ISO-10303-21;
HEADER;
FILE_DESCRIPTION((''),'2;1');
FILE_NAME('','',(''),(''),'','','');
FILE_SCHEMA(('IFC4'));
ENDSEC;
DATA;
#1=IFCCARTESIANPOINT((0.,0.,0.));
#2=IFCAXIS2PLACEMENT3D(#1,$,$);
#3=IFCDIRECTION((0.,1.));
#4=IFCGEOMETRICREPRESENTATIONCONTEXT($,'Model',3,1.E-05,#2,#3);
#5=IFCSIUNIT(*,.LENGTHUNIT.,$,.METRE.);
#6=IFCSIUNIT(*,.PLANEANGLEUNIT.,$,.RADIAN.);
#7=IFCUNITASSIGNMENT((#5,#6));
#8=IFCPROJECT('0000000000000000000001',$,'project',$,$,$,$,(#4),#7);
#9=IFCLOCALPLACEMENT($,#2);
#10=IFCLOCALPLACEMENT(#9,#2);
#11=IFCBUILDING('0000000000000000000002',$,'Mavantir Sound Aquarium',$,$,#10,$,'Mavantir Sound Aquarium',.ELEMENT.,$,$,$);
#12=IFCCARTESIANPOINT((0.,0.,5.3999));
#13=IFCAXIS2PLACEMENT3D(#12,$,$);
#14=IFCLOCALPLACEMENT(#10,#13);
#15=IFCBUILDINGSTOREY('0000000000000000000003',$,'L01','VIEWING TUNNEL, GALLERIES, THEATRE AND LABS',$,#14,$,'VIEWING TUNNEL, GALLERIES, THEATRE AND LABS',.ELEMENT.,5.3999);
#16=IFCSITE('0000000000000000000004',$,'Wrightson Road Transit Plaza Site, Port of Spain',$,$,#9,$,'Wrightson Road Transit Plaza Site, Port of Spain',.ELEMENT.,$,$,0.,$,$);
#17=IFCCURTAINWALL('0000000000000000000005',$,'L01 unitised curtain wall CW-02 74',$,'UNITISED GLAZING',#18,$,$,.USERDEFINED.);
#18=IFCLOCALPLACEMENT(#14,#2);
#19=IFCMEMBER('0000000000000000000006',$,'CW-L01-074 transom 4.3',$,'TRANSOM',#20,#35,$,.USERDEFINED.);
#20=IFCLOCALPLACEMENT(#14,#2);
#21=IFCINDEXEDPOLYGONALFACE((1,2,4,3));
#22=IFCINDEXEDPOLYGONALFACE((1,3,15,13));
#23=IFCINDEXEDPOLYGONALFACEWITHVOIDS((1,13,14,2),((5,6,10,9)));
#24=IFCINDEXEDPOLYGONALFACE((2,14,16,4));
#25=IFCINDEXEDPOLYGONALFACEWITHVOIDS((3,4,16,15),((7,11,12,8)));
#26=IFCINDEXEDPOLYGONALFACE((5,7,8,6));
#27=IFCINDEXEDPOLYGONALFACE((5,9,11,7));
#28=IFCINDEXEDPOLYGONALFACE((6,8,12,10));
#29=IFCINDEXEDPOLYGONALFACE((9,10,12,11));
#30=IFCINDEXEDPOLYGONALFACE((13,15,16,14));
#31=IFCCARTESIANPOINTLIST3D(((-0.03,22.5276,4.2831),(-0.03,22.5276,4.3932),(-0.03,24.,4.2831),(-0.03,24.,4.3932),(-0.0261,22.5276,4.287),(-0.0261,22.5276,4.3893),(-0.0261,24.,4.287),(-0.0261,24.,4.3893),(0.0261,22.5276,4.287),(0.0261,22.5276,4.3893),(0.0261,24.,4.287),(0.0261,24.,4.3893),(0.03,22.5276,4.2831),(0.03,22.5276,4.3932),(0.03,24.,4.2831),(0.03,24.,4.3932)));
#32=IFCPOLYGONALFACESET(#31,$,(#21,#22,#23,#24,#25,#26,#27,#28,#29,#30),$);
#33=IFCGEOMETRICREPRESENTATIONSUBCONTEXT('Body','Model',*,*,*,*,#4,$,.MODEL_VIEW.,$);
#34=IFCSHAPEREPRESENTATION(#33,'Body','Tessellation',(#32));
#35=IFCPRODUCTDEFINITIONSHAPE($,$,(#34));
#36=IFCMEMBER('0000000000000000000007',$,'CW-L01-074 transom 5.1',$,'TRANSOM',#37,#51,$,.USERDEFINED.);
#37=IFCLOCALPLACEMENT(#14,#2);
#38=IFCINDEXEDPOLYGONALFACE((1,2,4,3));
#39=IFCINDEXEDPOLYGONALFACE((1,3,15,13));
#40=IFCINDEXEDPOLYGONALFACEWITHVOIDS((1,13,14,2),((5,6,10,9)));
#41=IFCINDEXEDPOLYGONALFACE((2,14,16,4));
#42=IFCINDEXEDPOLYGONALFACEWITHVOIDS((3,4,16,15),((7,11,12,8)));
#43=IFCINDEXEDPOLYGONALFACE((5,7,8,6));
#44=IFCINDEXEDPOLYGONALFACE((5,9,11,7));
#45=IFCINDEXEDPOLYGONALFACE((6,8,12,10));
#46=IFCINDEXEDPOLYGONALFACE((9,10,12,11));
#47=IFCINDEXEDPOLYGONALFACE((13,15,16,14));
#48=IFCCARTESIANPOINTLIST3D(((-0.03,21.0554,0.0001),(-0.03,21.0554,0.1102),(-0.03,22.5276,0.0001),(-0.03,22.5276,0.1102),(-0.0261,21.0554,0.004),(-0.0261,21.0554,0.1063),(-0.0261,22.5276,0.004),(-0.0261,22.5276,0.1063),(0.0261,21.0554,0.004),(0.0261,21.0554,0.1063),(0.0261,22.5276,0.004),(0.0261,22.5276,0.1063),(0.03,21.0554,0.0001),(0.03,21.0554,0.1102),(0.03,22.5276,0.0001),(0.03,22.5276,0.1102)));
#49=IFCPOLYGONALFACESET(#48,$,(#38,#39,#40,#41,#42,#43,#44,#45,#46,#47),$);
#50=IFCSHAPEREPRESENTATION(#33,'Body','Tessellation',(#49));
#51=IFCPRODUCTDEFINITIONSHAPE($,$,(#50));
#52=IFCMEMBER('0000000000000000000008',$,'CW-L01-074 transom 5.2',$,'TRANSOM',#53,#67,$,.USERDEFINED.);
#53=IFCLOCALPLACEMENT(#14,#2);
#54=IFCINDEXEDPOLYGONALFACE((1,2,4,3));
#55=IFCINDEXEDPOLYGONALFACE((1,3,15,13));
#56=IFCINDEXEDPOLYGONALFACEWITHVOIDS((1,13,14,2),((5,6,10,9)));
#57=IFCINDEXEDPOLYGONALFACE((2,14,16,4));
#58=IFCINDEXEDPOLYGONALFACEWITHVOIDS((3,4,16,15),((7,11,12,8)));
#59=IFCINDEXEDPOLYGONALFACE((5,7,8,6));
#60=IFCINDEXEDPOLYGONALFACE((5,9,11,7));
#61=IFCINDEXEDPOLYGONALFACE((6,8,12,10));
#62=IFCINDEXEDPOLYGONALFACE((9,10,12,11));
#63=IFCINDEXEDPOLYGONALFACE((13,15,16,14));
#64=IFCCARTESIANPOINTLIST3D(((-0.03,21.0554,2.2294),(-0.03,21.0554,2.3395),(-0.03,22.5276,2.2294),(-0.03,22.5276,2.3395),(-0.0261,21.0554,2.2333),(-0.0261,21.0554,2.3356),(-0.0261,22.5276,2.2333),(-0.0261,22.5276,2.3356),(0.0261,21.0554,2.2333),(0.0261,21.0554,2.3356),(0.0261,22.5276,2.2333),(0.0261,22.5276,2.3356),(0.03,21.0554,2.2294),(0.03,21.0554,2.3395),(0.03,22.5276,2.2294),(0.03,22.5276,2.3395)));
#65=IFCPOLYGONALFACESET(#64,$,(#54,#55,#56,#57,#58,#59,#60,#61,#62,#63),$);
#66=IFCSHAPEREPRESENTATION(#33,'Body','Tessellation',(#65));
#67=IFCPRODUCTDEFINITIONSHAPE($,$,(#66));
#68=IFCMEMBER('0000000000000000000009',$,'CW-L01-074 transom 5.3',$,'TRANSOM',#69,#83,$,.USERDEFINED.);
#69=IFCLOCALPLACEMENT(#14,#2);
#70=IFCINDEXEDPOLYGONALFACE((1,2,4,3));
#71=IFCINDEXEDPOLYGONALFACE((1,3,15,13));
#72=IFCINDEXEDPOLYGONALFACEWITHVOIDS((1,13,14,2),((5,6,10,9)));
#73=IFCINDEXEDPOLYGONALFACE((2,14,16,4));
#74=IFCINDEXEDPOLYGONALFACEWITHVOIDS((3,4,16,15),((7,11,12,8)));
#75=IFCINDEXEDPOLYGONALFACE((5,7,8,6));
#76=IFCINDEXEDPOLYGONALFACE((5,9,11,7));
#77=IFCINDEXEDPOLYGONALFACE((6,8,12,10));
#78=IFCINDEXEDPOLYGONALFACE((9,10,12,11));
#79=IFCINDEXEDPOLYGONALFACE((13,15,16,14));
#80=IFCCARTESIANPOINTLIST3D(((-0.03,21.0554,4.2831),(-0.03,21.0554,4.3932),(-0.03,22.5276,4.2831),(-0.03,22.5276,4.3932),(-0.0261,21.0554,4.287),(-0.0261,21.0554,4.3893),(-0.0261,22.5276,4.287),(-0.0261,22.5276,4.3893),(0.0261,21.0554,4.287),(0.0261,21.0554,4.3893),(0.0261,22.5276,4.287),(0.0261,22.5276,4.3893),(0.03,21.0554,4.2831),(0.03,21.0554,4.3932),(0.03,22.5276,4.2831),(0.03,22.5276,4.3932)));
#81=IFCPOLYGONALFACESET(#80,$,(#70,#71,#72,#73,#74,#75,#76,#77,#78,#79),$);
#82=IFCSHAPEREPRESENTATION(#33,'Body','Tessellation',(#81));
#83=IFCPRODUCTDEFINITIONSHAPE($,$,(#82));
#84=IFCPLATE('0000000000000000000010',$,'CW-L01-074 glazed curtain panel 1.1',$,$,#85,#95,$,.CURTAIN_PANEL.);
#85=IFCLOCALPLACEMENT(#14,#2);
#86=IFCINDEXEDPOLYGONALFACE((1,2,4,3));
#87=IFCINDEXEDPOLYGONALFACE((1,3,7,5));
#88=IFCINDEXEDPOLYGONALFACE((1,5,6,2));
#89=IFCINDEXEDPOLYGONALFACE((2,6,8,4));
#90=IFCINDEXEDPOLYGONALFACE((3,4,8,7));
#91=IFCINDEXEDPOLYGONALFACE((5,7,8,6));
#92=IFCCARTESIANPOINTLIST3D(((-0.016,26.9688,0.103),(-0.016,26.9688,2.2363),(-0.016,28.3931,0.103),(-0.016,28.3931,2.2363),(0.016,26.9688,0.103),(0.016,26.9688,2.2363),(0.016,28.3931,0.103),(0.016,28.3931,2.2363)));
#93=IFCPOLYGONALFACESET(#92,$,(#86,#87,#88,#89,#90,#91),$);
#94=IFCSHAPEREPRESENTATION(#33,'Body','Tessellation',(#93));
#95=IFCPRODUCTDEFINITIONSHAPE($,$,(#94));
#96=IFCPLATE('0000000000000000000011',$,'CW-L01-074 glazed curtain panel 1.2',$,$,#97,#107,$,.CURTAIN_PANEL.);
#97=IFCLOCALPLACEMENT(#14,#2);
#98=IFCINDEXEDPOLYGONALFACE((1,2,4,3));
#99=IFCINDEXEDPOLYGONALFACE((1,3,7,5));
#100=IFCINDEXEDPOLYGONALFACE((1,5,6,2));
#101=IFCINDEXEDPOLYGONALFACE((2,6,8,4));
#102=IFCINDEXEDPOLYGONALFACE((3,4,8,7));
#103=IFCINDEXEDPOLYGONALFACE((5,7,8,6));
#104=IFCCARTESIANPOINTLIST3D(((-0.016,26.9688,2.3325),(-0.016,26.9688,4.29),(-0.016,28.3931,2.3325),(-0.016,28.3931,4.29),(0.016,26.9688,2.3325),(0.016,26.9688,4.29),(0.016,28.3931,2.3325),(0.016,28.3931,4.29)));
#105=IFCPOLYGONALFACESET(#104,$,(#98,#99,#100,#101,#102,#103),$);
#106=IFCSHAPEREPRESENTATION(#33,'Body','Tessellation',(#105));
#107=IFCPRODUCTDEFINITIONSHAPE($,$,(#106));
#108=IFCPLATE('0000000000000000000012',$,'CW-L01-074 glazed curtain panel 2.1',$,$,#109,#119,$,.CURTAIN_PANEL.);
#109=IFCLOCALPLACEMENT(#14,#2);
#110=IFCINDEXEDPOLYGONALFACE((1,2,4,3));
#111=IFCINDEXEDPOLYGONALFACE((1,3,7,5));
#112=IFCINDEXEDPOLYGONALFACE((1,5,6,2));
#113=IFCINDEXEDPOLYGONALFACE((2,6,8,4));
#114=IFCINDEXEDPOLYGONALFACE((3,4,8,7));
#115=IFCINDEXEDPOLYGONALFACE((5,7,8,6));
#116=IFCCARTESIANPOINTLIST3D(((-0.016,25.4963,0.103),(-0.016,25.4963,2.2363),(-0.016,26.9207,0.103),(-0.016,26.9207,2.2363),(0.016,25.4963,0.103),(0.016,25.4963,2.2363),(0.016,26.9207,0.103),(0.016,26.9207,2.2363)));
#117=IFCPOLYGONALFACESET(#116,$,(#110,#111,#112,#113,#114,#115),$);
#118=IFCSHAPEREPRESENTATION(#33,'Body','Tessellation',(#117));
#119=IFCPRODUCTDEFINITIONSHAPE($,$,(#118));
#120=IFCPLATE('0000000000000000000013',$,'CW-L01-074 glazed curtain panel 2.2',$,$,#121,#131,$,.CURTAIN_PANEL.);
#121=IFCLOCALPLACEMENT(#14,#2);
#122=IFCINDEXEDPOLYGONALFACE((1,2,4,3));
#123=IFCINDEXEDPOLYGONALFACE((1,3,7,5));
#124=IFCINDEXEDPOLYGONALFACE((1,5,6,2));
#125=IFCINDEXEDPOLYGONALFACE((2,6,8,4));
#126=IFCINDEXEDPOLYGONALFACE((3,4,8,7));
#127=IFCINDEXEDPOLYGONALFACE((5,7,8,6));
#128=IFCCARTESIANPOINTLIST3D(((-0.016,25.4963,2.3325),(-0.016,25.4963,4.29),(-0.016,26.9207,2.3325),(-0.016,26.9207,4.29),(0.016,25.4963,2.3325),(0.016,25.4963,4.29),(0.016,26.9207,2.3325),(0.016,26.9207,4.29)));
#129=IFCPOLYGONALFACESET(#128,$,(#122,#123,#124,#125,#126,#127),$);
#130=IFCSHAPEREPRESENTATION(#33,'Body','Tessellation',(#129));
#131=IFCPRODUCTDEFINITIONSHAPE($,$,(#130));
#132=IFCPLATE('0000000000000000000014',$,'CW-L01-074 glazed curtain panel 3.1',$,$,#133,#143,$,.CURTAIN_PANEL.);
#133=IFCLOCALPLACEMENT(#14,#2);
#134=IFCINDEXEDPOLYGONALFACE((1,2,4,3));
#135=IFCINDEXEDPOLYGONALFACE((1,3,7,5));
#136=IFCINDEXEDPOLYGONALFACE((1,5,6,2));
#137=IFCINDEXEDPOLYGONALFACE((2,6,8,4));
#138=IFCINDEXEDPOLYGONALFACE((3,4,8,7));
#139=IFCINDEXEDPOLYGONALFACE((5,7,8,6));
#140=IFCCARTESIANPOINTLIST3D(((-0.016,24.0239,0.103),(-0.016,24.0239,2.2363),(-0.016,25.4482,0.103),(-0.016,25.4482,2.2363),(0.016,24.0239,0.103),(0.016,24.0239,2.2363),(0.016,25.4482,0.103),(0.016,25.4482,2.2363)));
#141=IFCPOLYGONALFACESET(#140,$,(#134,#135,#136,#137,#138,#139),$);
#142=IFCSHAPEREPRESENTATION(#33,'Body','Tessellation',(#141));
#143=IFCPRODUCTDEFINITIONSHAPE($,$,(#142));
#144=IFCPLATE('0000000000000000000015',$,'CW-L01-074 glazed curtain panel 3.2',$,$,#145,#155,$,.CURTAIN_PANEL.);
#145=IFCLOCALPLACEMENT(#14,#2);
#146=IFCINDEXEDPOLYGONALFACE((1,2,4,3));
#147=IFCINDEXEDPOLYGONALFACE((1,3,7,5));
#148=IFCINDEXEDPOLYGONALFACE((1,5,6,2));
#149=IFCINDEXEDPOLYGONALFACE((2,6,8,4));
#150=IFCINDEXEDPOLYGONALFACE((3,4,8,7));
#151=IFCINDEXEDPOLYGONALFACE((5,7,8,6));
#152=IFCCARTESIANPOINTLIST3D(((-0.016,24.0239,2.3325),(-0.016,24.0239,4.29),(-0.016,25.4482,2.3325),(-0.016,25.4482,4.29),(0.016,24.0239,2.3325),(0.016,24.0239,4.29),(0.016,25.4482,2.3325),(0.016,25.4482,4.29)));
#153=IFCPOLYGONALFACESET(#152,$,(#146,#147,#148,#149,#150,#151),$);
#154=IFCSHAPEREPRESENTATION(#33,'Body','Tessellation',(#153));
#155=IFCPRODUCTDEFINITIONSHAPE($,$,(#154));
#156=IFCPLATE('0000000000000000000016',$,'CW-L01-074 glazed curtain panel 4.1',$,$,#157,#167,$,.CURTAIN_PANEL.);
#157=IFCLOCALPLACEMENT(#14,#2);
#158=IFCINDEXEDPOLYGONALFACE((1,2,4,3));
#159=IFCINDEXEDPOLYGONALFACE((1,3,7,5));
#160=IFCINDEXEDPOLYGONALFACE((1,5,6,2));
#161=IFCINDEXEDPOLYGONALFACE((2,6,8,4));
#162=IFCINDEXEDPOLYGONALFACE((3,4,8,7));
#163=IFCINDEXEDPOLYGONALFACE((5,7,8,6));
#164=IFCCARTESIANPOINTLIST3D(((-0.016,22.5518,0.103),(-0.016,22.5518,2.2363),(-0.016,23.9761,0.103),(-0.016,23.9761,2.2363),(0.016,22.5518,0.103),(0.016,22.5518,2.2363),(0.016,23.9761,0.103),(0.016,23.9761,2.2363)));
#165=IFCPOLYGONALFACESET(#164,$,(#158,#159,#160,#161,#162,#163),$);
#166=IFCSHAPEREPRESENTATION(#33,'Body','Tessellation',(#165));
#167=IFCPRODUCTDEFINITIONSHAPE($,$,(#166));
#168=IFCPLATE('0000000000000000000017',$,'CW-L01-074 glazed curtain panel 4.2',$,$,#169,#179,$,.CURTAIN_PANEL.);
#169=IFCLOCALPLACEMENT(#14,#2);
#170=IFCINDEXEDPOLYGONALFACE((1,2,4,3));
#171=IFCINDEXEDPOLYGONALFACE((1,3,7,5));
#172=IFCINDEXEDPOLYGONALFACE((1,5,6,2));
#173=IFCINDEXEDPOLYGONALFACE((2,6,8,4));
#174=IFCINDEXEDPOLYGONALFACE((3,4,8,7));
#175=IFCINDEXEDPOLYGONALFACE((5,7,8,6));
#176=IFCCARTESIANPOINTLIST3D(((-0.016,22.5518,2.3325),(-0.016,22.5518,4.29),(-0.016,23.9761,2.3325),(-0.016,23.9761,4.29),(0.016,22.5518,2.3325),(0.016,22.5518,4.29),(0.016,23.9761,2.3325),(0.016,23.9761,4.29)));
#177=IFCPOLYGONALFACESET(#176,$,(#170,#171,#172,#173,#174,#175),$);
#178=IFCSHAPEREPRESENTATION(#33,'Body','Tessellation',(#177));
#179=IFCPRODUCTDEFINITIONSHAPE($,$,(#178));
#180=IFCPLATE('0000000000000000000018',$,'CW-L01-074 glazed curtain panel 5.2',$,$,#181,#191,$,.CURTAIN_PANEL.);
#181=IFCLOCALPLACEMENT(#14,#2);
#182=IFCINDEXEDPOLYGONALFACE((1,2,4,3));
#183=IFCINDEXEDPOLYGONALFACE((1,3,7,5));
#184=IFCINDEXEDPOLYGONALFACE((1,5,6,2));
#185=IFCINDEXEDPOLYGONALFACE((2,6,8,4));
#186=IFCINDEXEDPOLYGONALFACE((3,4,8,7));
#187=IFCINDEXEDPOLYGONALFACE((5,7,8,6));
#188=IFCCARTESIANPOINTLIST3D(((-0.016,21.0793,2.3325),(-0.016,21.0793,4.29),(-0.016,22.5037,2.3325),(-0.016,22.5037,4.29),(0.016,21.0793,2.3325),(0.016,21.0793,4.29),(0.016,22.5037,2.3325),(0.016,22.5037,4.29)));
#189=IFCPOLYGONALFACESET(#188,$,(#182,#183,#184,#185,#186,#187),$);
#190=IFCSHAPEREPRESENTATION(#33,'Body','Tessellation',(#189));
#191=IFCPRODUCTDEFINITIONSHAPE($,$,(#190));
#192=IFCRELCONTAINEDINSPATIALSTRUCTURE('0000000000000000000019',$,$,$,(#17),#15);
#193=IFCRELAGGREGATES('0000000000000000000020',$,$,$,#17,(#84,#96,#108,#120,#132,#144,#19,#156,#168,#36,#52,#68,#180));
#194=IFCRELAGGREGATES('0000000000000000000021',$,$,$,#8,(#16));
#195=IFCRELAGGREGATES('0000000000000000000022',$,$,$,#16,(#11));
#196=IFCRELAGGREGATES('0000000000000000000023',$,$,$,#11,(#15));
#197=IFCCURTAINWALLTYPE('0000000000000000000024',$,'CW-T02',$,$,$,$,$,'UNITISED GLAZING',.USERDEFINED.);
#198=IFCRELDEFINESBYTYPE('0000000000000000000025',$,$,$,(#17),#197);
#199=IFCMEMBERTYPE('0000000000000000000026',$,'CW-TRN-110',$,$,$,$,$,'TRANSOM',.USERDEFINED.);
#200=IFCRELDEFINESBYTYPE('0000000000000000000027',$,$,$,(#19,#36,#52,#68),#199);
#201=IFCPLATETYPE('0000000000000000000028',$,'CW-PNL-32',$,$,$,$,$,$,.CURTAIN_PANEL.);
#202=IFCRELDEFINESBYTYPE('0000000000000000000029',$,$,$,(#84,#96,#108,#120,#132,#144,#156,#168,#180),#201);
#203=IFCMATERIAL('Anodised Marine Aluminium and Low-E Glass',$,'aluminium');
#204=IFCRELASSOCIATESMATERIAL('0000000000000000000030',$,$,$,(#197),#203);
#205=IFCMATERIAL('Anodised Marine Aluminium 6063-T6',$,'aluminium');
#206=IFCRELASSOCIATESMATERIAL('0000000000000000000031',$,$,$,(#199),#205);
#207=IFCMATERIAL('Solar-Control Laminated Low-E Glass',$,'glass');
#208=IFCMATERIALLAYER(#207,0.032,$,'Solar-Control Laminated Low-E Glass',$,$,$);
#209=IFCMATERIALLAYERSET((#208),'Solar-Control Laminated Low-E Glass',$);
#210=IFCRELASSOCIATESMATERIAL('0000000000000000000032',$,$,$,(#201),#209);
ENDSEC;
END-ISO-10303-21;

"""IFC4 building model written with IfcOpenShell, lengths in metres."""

from ifc_helpers import new_model, si_unit, direction, frame, origin, origin_2d, place, context, subcontext, project, spatial, rectangle, hollow_rectangle, extrude, material, layer, layer_set, material_profile, profile_set, type_object, element, aggregate, save


model = new_model("IFC4")

# Units and contexts
model_context = context("Model", 3, precision=1e-05, world=origin(), true_north=direction((0.0, 1.0)))
body_context = subcontext(model_context, "Body", "Model", "MODEL_VIEW")
ifc_project = project(units=[si_unit("LENGTHUNIT", "METRE"), si_unit("PLANEANGLEUNIT", "RADIAN")], contexts=[model_context])

# Site, building, storey
site_placement = place(None, origin())
site = spatial("IfcSite", under=ifc_project, at=site_placement, Name="Wrightson Road Transit Plaza Site, Port of Spain", LongName="Wrightson Road Transit Plaza Site, Port of Spain", CompositionType="ELEMENT", RefElevation=0.0)
building_placement = place(site_placement, origin())
building = spatial("IfcBuilding", under=site, at=building_placement, Name="Mavantir Sound Aquarium", LongName="Mavantir Sound Aquarium", CompositionType="ELEMENT")
storey_placement = place(building_placement, frame((0.0, 0.0, 5.3999)))
storey = spatial("IfcBuildingStorey", under=building, at=storey_placement, Name="L01", Description="VIEWING TUNNEL, GALLERIES, THEATRE AND LABS", LongName="VIEWING TUNNEL, GALLERIES, THEATRE AND LABS", CompositionType="ELEMENT", Elevation=5.3999)

# Curtain wall, members, plates
ifc_material_1 = material(Name="Anodised Marine Aluminium and Low-E Glass", Category="aluminium")
curtain_wall_type = type_object("IfcCurtainWallType", Name="CW-T02", ElementType="UNITISED GLAZING", PredefinedType="USERDEFINED", material=ifc_material_1)
curtain_wall_placement = place(storey_placement, origin())
curtain_wall = element("IfcCurtainWall", 1, at=curtain_wall_placement, inside=storey, type_object=curtain_wall_type, Name="L01 unitised curtain wall CW-02 74", ObjectType="UNITISED GLAZING", PredefinedType="USERDEFINED")
ifc_material_2 = material(Name="Anodised Marine Aluminium 6063-T6", Category="aluminium")
ifc_material_profile_1 = material_profile(ifc_material_2, hollow_rectangle(XDim=0.0601, YDim=0.1101, WallThickness=0.0039, at=origin_2d()), Name="ALU-TRANSOM-110X60")
ifc_profile_set_1 = profile_set([ifc_material_profile_1], Name="Anodised Marine Aluminium 6063-T6")
member_type_1 = type_object("IfcMemberType", Name="CW-TRN-110", ElementType="TRANSOM", PredefinedType="USERDEFINED", material=ifc_profile_set_1)
member_1_placement = place(storey_placement, frame((0.0, 24.0, 4.3381), z_axis=(0.0, -1.0, 0.0), x_axis=(1.0, 0.0, 0.0)))
member_1 = element("IfcMember", 2, at=member_1_placement, type_object=member_type_1, Name="CW-L01-074 transom 4.3", ObjectType="TRANSOM", PredefinedType="USERDEFINED", context=body_context, shape_type="SweptSolid", body=[
    extrude(hollow_rectangle(XDim=0.0601, YDim=0.1101, WallThickness=0.0039, at=origin_2d()), origin(), (0.0, 0.0, 1.0), 1.4724),
])
member_2_placement = place(storey_placement, frame((0.0, 22.5276, 0.0552), z_axis=(0.0, -1.0, 0.0), x_axis=(1.0, 0.0, 0.0)))
member_2 = element("IfcMember", 3, at=member_2_placement, type_object=member_type_1, Name="CW-L01-074 transom 5.1", ObjectType="TRANSOM", PredefinedType="USERDEFINED", context=body_context, shape_type="SweptSolid", body=[
    extrude(hollow_rectangle(XDim=0.0601, YDim=0.1101, WallThickness=0.0039, at=origin_2d()), origin(), (0.0, 0.0, 1.0), 1.4722),
])
member_3_placement = place(storey_placement, frame((0.0, 22.5276, 2.2844), z_axis=(0.0, -1.0, 0.0), x_axis=(1.0, 0.0, 0.0)))
member_3 = element("IfcMember", 4, at=member_3_placement, type_object=member_type_1, Name="CW-L01-074 transom 5.2", ObjectType="TRANSOM", PredefinedType="USERDEFINED", context=body_context, shape_type="SweptSolid", body=[
    extrude(hollow_rectangle(XDim=0.0601, YDim=0.1101, WallThickness=0.0039, at=origin_2d()), origin(), (0.0, 0.0, 1.0), 1.4722),
])
member_4_placement = place(storey_placement, frame((0.0, 22.5276, 4.3381), z_axis=(0.0, -1.0, 0.0), x_axis=(1.0, 0.0, 0.0)))
member_4 = element("IfcMember", 5, at=member_4_placement, type_object=member_type_1, Name="CW-L01-074 transom 5.3", ObjectType="TRANSOM", PredefinedType="USERDEFINED", context=body_context, shape_type="SweptSolid", body=[
    extrude(hollow_rectangle(XDim=0.0601, YDim=0.1101, WallThickness=0.0039, at=origin_2d()), origin(), (0.0, 0.0, 1.0), 1.4722),
])
ifc_material_3 = material(Name="Solar-Control Laminated Low-E Glass", Category="glass")
ifc_layer = layer(ifc_material_3, 0.032, Name="Solar-Control Laminated Low-E Glass")
ifc_layer_set = layer_set([ifc_layer], Name="Solar-Control Laminated Low-E Glass")
plate_type = type_object("IfcPlateType", Name="CW-PNL-32", PredefinedType="CURTAIN_PANEL", material=ifc_layer_set)
plate_1_placement = place(storey_placement, frame((0.0, 27.6809, 0.103), z_axis=(0.0, 0.0, 1.0), x_axis=(0.0, -1.0, 0.0)))
plate_1 = element("IfcPlate", 6, at=plate_1_placement, type_object=plate_type, Name="CW-L01-074 glazed curtain panel 1.1", PredefinedType="CURTAIN_PANEL", context=body_context, shape_type="SweptSolid", body=[
    extrude(rectangle(XDim=1.4243, YDim=0.032, at=origin_2d()), origin(), (0.0, 0.0, 1.0), 2.1333),
])
plate_2_placement = place(storey_placement, frame((0.0, 27.6809, 2.3325), z_axis=(0.0, 0.0, 1.0), x_axis=(0.0, -1.0, 0.0)))
plate_2 = element("IfcPlate", 7, at=plate_2_placement, type_object=plate_type, Name="CW-L01-074 glazed curtain panel 1.2", PredefinedType="CURTAIN_PANEL", context=body_context, shape_type="SweptSolid", body=[
    extrude(rectangle(XDim=1.4243, YDim=0.032, at=origin_2d()), origin(), (0.0, 0.0, 1.0), 1.9575),
])
plate_3_placement = place(storey_placement, frame((0.0, 26.2085, 0.103), z_axis=(0.0, 0.0, 1.0), x_axis=(0.0, -1.0, 0.0)))
plate_3 = element("IfcPlate", 8, at=plate_3_placement, type_object=plate_type, Name="CW-L01-074 glazed curtain panel 2.1", PredefinedType="CURTAIN_PANEL", context=body_context, shape_type="SweptSolid", body=[
    extrude(rectangle(XDim=1.4243, YDim=0.032, at=origin_2d()), origin(), (0.0, 0.0, 1.0), 2.1333),
])
plate_4_placement = place(storey_placement, frame((0.0, 26.2085, 2.3325), z_axis=(0.0, 0.0, 1.0), x_axis=(0.0, -1.0, 0.0)))
plate_4 = element("IfcPlate", 9, at=plate_4_placement, type_object=plate_type, Name="CW-L01-074 glazed curtain panel 2.2", PredefinedType="CURTAIN_PANEL", context=body_context, shape_type="SweptSolid", body=[
    extrude(rectangle(XDim=1.4243, YDim=0.032, at=origin_2d()), origin(), (0.0, 0.0, 1.0), 1.9575),
])
plate_5_placement = place(storey_placement, frame((0.0, 24.7361, 0.103), z_axis=(0.0, 0.0, 1.0), x_axis=(0.0, -1.0, 0.0)))
plate_5 = element("IfcPlate", 10, at=plate_5_placement, type_object=plate_type, Name="CW-L01-074 glazed curtain panel 3.1", PredefinedType="CURTAIN_PANEL", context=body_context, shape_type="SweptSolid", body=[
    extrude(rectangle(XDim=1.4243, YDim=0.032, at=origin_2d()), origin(), (0.0, 0.0, 1.0), 2.1333),
])
plate_6_placement = place(storey_placement, frame((0.0, 24.7361, 2.3325), z_axis=(0.0, 0.0, 1.0), x_axis=(0.0, -1.0, 0.0)))
plate_6 = element("IfcPlate", 11, at=plate_6_placement, type_object=plate_type, Name="CW-L01-074 glazed curtain panel 3.2", PredefinedType="CURTAIN_PANEL", context=body_context, shape_type="SweptSolid", body=[
    extrude(rectangle(XDim=1.4243, YDim=0.032, at=origin_2d()), origin(), (0.0, 0.0, 1.0), 1.9575),
])
plate_7_placement = place(storey_placement, frame((0.0, 23.2639, 0.103), z_axis=(0.0, 0.0, 1.0), x_axis=(0.0, -1.0, 0.0)))
plate_7 = element("IfcPlate", 12, at=plate_7_placement, type_object=plate_type, Name="CW-L01-074 glazed curtain panel 4.1", PredefinedType="CURTAIN_PANEL", context=body_context, shape_type="SweptSolid", body=[
    extrude(rectangle(XDim=1.4243, YDim=0.032, at=origin_2d()), origin(), (0.0, 0.0, 1.0), 2.1333),
])
plate_8_placement = place(storey_placement, frame((0.0, 23.2639, 2.3325), z_axis=(0.0, 0.0, 1.0), x_axis=(0.0, -1.0, 0.0)))
plate_8 = element("IfcPlate", 13, at=plate_8_placement, type_object=plate_type, Name="CW-L01-074 glazed curtain panel 4.2", PredefinedType="CURTAIN_PANEL", context=body_context, shape_type="SweptSolid", body=[
    extrude(rectangle(XDim=1.4243, YDim=0.032, at=origin_2d()), origin(), (0.0, 0.0, 1.0), 1.9575),
])
plate_9_placement = place(storey_placement, frame((0.0, 21.7915, 2.3325), z_axis=(0.0, 0.0, 1.0), x_axis=(0.0, -1.0, 0.0)))
plate_9 = element("IfcPlate", 14, at=plate_9_placement, type_object=plate_type, Name="CW-L01-074 glazed curtain panel 5.2", PredefinedType="CURTAIN_PANEL", context=body_context, shape_type="SweptSolid", body=[
    extrude(rectangle(XDim=1.4243, YDim=0.032, at=origin_2d()), origin(), (0.0, 0.0, 1.0), 1.9575),
])
aggregate(curtain_wall, [plate_1, plate_2, plate_3, plate_4, plate_5, plate_6, member_1, plate_7, plate_8, member_2, member_3, member_4, plate_9])

save(model, "model.ifc")
